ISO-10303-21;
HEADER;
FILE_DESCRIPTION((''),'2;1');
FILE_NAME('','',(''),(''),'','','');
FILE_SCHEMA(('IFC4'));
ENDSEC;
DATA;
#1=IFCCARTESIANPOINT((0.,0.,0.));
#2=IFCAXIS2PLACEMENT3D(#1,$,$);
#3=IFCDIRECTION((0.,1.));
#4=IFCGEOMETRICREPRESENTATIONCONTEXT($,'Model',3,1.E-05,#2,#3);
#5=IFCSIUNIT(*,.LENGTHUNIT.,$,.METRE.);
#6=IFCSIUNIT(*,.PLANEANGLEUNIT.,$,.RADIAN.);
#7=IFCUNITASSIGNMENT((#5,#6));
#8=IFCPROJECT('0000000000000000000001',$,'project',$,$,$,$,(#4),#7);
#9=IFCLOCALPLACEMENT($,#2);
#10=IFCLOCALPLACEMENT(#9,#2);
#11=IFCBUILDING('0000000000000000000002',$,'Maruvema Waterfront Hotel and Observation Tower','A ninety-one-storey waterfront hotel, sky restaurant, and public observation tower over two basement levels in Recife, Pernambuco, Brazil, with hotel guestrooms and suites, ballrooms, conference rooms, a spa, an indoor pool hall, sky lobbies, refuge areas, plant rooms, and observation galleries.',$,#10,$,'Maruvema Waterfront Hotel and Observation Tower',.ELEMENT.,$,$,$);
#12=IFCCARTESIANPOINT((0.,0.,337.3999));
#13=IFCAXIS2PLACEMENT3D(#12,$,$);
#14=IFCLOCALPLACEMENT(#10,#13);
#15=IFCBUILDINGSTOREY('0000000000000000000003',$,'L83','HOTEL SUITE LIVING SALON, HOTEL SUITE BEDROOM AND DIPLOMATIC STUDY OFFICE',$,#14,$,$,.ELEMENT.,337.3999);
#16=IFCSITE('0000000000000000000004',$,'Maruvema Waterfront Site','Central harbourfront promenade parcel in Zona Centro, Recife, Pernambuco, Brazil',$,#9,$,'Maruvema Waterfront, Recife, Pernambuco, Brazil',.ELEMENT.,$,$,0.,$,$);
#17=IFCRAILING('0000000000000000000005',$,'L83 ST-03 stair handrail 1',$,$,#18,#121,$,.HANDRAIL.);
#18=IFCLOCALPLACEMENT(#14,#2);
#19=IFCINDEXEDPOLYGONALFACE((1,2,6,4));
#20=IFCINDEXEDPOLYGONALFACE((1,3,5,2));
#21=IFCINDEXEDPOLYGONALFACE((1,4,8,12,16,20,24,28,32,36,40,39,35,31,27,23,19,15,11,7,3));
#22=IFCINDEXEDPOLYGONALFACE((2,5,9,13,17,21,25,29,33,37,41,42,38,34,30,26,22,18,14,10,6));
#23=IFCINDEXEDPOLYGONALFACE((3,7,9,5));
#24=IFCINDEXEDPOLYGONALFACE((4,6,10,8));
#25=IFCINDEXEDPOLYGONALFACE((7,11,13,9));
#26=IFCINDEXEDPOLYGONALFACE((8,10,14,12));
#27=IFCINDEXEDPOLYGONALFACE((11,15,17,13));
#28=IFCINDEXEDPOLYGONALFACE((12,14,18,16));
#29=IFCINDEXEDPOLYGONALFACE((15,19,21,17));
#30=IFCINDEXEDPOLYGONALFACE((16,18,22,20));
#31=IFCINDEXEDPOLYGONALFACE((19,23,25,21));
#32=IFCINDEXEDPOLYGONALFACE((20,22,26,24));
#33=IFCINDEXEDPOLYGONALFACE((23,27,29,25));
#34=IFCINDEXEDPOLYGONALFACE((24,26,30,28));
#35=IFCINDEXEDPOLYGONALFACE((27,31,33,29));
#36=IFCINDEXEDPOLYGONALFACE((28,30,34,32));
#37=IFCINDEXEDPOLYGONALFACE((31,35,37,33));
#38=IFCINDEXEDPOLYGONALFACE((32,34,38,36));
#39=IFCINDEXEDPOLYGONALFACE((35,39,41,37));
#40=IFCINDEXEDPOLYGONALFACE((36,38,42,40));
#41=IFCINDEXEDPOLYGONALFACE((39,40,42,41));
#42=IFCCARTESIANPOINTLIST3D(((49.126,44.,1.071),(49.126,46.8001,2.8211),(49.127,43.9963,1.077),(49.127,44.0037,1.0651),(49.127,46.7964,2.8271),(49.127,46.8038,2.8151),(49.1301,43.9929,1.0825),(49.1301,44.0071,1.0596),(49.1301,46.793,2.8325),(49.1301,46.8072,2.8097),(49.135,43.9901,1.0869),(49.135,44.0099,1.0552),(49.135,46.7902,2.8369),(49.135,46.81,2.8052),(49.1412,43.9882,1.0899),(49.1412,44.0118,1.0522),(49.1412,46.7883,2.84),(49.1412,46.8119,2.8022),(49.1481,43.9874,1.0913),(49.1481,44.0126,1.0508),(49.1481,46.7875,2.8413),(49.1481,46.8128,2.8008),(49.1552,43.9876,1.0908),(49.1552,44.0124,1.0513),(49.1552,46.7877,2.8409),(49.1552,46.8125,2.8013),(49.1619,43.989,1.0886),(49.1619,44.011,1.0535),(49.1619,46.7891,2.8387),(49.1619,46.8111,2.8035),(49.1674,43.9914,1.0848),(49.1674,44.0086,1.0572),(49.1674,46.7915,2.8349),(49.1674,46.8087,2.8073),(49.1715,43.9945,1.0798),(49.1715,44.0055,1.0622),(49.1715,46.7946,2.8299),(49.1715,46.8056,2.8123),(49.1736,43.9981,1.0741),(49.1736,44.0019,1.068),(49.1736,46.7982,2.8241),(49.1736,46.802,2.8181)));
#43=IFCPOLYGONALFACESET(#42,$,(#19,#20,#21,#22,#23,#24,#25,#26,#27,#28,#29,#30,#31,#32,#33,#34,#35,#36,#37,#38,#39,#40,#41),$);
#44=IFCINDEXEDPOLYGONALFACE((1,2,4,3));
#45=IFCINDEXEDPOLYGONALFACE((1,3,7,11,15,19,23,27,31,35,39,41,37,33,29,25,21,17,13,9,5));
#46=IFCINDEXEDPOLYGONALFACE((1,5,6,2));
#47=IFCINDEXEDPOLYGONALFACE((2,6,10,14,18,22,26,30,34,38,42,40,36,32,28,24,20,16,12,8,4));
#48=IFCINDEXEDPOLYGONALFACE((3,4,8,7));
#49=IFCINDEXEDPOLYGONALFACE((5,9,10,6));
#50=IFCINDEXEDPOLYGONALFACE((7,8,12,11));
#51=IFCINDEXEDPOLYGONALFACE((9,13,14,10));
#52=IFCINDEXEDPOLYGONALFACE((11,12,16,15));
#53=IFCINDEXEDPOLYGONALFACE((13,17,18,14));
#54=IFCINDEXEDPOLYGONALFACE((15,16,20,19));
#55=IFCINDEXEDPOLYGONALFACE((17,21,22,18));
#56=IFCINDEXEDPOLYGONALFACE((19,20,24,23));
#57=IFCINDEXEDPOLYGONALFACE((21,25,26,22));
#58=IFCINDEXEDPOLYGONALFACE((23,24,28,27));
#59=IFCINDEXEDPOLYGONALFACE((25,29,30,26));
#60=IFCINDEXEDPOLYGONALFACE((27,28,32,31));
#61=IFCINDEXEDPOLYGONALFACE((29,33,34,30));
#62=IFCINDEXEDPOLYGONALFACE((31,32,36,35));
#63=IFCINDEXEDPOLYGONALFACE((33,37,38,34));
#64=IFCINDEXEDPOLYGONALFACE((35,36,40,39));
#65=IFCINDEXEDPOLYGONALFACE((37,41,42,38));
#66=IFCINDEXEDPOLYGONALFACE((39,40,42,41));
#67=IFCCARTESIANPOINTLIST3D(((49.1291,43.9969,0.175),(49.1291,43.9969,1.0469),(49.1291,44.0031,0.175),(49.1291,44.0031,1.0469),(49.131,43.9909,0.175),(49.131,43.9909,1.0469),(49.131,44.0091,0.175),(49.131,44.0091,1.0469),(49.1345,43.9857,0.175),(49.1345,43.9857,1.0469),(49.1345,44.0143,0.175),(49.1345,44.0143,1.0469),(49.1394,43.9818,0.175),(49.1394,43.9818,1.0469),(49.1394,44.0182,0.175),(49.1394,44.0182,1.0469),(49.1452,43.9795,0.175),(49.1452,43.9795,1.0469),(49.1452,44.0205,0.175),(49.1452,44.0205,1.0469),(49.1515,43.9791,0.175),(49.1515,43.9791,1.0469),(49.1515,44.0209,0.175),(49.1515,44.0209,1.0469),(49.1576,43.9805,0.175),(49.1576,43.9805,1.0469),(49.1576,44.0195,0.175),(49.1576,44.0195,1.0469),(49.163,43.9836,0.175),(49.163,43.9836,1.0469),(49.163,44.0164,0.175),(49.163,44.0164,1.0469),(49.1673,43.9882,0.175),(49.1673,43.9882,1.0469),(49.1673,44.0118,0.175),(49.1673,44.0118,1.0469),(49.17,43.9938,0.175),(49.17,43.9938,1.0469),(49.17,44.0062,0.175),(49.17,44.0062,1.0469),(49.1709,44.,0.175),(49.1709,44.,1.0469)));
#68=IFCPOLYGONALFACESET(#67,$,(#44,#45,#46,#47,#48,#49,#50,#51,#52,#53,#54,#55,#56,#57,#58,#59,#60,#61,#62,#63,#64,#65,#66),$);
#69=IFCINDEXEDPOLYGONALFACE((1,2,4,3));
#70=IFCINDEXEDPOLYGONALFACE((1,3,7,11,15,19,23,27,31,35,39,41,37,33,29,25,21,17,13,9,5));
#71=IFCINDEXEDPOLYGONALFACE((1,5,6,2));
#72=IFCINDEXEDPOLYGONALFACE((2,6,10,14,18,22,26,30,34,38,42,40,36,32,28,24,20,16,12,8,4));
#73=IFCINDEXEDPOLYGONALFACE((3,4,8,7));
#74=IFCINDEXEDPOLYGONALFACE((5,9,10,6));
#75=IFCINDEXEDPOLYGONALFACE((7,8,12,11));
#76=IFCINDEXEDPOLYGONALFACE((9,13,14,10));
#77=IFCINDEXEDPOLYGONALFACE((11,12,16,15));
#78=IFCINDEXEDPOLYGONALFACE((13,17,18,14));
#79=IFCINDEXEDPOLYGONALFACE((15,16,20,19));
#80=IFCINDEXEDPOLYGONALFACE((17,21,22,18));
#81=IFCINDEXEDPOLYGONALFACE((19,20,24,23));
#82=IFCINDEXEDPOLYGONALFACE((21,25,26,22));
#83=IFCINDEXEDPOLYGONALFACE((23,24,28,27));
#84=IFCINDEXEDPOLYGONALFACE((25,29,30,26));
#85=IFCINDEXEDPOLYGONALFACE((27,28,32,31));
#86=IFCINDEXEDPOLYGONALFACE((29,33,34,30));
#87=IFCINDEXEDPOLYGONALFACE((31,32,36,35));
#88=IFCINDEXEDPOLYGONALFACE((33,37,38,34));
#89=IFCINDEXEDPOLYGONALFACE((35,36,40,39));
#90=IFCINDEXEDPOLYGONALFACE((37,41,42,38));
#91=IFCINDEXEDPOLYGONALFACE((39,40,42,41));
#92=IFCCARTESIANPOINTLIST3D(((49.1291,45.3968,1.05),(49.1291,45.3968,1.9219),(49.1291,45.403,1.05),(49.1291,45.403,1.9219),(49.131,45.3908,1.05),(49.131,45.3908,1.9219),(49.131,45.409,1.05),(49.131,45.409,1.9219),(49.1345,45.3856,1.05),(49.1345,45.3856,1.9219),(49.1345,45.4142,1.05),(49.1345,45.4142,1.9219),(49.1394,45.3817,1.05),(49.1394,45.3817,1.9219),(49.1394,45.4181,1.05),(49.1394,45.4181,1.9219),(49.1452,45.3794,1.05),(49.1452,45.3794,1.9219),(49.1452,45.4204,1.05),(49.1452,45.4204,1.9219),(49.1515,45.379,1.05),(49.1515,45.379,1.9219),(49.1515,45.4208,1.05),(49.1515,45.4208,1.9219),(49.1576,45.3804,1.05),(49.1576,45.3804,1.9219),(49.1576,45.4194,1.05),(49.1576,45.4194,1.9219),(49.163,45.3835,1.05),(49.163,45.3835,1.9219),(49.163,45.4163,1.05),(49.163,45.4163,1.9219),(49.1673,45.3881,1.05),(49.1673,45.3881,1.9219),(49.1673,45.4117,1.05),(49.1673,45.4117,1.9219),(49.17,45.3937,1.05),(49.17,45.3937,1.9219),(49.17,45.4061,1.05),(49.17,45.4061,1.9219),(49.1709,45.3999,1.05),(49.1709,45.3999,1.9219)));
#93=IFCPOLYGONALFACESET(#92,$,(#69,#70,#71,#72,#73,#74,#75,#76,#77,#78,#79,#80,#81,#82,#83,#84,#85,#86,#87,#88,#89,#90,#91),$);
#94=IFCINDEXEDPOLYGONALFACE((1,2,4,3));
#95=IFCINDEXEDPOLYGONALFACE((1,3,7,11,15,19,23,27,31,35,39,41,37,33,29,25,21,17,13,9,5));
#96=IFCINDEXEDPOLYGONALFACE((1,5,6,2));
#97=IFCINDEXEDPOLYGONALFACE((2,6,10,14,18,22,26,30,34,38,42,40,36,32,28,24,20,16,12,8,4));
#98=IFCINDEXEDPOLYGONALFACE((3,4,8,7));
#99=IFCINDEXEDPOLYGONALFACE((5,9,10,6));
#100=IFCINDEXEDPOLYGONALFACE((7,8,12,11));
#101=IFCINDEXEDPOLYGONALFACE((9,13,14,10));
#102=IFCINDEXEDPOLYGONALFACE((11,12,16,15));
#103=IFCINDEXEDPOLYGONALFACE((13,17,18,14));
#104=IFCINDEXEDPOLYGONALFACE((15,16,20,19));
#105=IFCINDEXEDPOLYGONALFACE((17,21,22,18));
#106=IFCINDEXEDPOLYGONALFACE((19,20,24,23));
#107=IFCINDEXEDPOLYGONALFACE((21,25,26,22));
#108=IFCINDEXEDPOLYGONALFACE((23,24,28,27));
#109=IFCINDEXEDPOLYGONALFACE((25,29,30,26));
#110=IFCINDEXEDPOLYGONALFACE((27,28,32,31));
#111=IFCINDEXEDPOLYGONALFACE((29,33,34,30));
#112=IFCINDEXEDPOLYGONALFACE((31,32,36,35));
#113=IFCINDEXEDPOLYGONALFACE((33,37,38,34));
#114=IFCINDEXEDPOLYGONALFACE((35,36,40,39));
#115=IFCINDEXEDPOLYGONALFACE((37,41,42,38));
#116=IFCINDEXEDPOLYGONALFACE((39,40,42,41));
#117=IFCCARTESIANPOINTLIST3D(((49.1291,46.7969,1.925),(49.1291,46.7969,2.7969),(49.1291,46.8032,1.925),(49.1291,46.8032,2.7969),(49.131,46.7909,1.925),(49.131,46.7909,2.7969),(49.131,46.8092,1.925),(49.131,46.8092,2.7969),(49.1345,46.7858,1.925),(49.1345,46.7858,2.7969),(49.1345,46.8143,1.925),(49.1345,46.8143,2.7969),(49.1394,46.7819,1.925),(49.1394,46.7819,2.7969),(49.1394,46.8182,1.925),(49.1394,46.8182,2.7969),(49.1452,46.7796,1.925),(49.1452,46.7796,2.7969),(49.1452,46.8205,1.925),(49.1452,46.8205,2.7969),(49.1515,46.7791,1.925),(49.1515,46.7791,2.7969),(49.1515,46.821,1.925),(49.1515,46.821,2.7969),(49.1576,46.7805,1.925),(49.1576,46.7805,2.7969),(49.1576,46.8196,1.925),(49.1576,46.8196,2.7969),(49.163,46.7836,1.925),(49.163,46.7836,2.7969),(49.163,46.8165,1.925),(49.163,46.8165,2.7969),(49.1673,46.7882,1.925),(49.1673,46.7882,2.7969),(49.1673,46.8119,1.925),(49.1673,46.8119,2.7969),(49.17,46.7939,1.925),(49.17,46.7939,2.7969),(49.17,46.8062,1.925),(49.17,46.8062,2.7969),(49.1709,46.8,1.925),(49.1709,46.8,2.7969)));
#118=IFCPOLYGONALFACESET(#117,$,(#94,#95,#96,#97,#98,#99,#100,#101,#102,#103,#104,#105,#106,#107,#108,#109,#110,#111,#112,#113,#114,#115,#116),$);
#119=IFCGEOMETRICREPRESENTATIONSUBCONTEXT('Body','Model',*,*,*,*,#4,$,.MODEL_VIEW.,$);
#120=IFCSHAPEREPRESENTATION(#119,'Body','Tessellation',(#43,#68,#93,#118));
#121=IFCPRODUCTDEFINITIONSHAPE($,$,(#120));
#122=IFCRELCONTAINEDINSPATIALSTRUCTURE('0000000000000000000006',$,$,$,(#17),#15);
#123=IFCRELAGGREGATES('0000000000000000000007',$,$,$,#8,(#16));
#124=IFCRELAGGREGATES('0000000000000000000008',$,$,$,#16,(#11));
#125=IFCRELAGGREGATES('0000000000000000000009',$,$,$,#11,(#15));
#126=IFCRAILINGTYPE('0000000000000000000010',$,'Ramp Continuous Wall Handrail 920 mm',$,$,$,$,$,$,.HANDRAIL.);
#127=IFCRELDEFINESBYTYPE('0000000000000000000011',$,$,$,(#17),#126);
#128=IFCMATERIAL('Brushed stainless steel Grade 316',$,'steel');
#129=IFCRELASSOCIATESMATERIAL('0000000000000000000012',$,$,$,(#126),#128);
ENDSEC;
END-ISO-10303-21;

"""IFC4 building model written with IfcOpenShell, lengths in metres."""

from ifc_helpers import new_model, si_unit, direction, frame, origin, origin_2d, place, context, subcontext, project, spatial, circle, extrude, material, type_object, element, save


model = new_model("IFC4")

# Units and contexts
model_context = context("Model", 3, precision=1e-05, world=origin(), true_north=direction((0.0, 1.0)))
body_context = subcontext(model_context, "Body", "Model", "MODEL_VIEW")
ifc_project = project(units=[si_unit("LENGTHUNIT", "METRE"), si_unit("PLANEANGLEUNIT", "RADIAN")], contexts=[model_context])

# Site, building, storey
site_placement = place(None, origin())
site = spatial("IfcSite", under=ifc_project, at=site_placement, Name="Maruvema Waterfront Site", Description="Central harbourfront promenade parcel in Zona Centro, Recife, Pernambuco, Brazil", LongName="Maruvema Waterfront, Recife, Pernambuco, Brazil", CompositionType="ELEMENT", RefElevation=0.0)
building_placement = place(site_placement, origin())
building = spatial("IfcBuilding", under=site, at=building_placement, Name="Maruvema Waterfront Hotel and Observation Tower", Description="A ninety-one-storey waterfront hotel, sky restaurant, and public observation tower over two basement levels in Recife, Pernambuco, Brazil, with hotel guestrooms and suites, ballrooms, conference rooms, a spa, an indoor pool hall, sky lobbies, refuge areas, plant rooms, and observation galleries.", LongName="Maruvema Waterfront Hotel and Observation Tower", CompositionType="ELEMENT")
storey_placement = place(building_placement, frame((0.0, 0.0, 337.3999)))
storey = spatial("IfcBuildingStorey", under=building, at=storey_placement, Name="L83", Description="HOTEL SUITE LIVING SALON, HOTEL SUITE BEDROOM AND DIPLOMATIC STUDY OFFICE", CompositionType="ELEMENT", Elevation=337.3999)

# Railing
ifc_material_1 = material(Name="Brushed stainless steel Grade 316", Category="steel")
railing_type_1 = type_object("IfcRailingType", Name="Ramp Continuous Wall Handrail 920 mm", PredefinedType="HANDRAIL", material=ifc_material_1)
railing_1_placement = place(storey_placement, frame((49.1499, 44.0, 0.175)))
element("IfcRailing", 1, at=railing_1_placement, inside=storey, type_object=railing_type_1, Name="L83 ST-03 stair handrail 1", PredefinedType="HANDRAIL", context=body_context, shape_type="SweptSolid", body=[
    extrude(circle(Radius=0.0239, at=origin_2d()), frame((0.0, 0.0, 0.896), z_axis=(0.0, 0.848002, 0.529992), x_axis=(-1.0, 0.0, 0.0)), (0.0, 0.0, 1.0), 3.302),
    extrude(circle(Radius=0.021, at=origin_2d()), origin(), (0.0, 0.0, 1.0), 0.8718),
    extrude(circle(Radius=0.021, at=origin_2d()), frame((0.0, 1.3999, 0.875)), (0.0, 0.0, 1.0), 0.8718),
    extrude(circle(Radius=0.021, at=origin_2d()), frame((0.0, 2.8, 1.75)), (0.0, 0.0, 1.0), 0.8718),
])

save(model, "model.ifc")
